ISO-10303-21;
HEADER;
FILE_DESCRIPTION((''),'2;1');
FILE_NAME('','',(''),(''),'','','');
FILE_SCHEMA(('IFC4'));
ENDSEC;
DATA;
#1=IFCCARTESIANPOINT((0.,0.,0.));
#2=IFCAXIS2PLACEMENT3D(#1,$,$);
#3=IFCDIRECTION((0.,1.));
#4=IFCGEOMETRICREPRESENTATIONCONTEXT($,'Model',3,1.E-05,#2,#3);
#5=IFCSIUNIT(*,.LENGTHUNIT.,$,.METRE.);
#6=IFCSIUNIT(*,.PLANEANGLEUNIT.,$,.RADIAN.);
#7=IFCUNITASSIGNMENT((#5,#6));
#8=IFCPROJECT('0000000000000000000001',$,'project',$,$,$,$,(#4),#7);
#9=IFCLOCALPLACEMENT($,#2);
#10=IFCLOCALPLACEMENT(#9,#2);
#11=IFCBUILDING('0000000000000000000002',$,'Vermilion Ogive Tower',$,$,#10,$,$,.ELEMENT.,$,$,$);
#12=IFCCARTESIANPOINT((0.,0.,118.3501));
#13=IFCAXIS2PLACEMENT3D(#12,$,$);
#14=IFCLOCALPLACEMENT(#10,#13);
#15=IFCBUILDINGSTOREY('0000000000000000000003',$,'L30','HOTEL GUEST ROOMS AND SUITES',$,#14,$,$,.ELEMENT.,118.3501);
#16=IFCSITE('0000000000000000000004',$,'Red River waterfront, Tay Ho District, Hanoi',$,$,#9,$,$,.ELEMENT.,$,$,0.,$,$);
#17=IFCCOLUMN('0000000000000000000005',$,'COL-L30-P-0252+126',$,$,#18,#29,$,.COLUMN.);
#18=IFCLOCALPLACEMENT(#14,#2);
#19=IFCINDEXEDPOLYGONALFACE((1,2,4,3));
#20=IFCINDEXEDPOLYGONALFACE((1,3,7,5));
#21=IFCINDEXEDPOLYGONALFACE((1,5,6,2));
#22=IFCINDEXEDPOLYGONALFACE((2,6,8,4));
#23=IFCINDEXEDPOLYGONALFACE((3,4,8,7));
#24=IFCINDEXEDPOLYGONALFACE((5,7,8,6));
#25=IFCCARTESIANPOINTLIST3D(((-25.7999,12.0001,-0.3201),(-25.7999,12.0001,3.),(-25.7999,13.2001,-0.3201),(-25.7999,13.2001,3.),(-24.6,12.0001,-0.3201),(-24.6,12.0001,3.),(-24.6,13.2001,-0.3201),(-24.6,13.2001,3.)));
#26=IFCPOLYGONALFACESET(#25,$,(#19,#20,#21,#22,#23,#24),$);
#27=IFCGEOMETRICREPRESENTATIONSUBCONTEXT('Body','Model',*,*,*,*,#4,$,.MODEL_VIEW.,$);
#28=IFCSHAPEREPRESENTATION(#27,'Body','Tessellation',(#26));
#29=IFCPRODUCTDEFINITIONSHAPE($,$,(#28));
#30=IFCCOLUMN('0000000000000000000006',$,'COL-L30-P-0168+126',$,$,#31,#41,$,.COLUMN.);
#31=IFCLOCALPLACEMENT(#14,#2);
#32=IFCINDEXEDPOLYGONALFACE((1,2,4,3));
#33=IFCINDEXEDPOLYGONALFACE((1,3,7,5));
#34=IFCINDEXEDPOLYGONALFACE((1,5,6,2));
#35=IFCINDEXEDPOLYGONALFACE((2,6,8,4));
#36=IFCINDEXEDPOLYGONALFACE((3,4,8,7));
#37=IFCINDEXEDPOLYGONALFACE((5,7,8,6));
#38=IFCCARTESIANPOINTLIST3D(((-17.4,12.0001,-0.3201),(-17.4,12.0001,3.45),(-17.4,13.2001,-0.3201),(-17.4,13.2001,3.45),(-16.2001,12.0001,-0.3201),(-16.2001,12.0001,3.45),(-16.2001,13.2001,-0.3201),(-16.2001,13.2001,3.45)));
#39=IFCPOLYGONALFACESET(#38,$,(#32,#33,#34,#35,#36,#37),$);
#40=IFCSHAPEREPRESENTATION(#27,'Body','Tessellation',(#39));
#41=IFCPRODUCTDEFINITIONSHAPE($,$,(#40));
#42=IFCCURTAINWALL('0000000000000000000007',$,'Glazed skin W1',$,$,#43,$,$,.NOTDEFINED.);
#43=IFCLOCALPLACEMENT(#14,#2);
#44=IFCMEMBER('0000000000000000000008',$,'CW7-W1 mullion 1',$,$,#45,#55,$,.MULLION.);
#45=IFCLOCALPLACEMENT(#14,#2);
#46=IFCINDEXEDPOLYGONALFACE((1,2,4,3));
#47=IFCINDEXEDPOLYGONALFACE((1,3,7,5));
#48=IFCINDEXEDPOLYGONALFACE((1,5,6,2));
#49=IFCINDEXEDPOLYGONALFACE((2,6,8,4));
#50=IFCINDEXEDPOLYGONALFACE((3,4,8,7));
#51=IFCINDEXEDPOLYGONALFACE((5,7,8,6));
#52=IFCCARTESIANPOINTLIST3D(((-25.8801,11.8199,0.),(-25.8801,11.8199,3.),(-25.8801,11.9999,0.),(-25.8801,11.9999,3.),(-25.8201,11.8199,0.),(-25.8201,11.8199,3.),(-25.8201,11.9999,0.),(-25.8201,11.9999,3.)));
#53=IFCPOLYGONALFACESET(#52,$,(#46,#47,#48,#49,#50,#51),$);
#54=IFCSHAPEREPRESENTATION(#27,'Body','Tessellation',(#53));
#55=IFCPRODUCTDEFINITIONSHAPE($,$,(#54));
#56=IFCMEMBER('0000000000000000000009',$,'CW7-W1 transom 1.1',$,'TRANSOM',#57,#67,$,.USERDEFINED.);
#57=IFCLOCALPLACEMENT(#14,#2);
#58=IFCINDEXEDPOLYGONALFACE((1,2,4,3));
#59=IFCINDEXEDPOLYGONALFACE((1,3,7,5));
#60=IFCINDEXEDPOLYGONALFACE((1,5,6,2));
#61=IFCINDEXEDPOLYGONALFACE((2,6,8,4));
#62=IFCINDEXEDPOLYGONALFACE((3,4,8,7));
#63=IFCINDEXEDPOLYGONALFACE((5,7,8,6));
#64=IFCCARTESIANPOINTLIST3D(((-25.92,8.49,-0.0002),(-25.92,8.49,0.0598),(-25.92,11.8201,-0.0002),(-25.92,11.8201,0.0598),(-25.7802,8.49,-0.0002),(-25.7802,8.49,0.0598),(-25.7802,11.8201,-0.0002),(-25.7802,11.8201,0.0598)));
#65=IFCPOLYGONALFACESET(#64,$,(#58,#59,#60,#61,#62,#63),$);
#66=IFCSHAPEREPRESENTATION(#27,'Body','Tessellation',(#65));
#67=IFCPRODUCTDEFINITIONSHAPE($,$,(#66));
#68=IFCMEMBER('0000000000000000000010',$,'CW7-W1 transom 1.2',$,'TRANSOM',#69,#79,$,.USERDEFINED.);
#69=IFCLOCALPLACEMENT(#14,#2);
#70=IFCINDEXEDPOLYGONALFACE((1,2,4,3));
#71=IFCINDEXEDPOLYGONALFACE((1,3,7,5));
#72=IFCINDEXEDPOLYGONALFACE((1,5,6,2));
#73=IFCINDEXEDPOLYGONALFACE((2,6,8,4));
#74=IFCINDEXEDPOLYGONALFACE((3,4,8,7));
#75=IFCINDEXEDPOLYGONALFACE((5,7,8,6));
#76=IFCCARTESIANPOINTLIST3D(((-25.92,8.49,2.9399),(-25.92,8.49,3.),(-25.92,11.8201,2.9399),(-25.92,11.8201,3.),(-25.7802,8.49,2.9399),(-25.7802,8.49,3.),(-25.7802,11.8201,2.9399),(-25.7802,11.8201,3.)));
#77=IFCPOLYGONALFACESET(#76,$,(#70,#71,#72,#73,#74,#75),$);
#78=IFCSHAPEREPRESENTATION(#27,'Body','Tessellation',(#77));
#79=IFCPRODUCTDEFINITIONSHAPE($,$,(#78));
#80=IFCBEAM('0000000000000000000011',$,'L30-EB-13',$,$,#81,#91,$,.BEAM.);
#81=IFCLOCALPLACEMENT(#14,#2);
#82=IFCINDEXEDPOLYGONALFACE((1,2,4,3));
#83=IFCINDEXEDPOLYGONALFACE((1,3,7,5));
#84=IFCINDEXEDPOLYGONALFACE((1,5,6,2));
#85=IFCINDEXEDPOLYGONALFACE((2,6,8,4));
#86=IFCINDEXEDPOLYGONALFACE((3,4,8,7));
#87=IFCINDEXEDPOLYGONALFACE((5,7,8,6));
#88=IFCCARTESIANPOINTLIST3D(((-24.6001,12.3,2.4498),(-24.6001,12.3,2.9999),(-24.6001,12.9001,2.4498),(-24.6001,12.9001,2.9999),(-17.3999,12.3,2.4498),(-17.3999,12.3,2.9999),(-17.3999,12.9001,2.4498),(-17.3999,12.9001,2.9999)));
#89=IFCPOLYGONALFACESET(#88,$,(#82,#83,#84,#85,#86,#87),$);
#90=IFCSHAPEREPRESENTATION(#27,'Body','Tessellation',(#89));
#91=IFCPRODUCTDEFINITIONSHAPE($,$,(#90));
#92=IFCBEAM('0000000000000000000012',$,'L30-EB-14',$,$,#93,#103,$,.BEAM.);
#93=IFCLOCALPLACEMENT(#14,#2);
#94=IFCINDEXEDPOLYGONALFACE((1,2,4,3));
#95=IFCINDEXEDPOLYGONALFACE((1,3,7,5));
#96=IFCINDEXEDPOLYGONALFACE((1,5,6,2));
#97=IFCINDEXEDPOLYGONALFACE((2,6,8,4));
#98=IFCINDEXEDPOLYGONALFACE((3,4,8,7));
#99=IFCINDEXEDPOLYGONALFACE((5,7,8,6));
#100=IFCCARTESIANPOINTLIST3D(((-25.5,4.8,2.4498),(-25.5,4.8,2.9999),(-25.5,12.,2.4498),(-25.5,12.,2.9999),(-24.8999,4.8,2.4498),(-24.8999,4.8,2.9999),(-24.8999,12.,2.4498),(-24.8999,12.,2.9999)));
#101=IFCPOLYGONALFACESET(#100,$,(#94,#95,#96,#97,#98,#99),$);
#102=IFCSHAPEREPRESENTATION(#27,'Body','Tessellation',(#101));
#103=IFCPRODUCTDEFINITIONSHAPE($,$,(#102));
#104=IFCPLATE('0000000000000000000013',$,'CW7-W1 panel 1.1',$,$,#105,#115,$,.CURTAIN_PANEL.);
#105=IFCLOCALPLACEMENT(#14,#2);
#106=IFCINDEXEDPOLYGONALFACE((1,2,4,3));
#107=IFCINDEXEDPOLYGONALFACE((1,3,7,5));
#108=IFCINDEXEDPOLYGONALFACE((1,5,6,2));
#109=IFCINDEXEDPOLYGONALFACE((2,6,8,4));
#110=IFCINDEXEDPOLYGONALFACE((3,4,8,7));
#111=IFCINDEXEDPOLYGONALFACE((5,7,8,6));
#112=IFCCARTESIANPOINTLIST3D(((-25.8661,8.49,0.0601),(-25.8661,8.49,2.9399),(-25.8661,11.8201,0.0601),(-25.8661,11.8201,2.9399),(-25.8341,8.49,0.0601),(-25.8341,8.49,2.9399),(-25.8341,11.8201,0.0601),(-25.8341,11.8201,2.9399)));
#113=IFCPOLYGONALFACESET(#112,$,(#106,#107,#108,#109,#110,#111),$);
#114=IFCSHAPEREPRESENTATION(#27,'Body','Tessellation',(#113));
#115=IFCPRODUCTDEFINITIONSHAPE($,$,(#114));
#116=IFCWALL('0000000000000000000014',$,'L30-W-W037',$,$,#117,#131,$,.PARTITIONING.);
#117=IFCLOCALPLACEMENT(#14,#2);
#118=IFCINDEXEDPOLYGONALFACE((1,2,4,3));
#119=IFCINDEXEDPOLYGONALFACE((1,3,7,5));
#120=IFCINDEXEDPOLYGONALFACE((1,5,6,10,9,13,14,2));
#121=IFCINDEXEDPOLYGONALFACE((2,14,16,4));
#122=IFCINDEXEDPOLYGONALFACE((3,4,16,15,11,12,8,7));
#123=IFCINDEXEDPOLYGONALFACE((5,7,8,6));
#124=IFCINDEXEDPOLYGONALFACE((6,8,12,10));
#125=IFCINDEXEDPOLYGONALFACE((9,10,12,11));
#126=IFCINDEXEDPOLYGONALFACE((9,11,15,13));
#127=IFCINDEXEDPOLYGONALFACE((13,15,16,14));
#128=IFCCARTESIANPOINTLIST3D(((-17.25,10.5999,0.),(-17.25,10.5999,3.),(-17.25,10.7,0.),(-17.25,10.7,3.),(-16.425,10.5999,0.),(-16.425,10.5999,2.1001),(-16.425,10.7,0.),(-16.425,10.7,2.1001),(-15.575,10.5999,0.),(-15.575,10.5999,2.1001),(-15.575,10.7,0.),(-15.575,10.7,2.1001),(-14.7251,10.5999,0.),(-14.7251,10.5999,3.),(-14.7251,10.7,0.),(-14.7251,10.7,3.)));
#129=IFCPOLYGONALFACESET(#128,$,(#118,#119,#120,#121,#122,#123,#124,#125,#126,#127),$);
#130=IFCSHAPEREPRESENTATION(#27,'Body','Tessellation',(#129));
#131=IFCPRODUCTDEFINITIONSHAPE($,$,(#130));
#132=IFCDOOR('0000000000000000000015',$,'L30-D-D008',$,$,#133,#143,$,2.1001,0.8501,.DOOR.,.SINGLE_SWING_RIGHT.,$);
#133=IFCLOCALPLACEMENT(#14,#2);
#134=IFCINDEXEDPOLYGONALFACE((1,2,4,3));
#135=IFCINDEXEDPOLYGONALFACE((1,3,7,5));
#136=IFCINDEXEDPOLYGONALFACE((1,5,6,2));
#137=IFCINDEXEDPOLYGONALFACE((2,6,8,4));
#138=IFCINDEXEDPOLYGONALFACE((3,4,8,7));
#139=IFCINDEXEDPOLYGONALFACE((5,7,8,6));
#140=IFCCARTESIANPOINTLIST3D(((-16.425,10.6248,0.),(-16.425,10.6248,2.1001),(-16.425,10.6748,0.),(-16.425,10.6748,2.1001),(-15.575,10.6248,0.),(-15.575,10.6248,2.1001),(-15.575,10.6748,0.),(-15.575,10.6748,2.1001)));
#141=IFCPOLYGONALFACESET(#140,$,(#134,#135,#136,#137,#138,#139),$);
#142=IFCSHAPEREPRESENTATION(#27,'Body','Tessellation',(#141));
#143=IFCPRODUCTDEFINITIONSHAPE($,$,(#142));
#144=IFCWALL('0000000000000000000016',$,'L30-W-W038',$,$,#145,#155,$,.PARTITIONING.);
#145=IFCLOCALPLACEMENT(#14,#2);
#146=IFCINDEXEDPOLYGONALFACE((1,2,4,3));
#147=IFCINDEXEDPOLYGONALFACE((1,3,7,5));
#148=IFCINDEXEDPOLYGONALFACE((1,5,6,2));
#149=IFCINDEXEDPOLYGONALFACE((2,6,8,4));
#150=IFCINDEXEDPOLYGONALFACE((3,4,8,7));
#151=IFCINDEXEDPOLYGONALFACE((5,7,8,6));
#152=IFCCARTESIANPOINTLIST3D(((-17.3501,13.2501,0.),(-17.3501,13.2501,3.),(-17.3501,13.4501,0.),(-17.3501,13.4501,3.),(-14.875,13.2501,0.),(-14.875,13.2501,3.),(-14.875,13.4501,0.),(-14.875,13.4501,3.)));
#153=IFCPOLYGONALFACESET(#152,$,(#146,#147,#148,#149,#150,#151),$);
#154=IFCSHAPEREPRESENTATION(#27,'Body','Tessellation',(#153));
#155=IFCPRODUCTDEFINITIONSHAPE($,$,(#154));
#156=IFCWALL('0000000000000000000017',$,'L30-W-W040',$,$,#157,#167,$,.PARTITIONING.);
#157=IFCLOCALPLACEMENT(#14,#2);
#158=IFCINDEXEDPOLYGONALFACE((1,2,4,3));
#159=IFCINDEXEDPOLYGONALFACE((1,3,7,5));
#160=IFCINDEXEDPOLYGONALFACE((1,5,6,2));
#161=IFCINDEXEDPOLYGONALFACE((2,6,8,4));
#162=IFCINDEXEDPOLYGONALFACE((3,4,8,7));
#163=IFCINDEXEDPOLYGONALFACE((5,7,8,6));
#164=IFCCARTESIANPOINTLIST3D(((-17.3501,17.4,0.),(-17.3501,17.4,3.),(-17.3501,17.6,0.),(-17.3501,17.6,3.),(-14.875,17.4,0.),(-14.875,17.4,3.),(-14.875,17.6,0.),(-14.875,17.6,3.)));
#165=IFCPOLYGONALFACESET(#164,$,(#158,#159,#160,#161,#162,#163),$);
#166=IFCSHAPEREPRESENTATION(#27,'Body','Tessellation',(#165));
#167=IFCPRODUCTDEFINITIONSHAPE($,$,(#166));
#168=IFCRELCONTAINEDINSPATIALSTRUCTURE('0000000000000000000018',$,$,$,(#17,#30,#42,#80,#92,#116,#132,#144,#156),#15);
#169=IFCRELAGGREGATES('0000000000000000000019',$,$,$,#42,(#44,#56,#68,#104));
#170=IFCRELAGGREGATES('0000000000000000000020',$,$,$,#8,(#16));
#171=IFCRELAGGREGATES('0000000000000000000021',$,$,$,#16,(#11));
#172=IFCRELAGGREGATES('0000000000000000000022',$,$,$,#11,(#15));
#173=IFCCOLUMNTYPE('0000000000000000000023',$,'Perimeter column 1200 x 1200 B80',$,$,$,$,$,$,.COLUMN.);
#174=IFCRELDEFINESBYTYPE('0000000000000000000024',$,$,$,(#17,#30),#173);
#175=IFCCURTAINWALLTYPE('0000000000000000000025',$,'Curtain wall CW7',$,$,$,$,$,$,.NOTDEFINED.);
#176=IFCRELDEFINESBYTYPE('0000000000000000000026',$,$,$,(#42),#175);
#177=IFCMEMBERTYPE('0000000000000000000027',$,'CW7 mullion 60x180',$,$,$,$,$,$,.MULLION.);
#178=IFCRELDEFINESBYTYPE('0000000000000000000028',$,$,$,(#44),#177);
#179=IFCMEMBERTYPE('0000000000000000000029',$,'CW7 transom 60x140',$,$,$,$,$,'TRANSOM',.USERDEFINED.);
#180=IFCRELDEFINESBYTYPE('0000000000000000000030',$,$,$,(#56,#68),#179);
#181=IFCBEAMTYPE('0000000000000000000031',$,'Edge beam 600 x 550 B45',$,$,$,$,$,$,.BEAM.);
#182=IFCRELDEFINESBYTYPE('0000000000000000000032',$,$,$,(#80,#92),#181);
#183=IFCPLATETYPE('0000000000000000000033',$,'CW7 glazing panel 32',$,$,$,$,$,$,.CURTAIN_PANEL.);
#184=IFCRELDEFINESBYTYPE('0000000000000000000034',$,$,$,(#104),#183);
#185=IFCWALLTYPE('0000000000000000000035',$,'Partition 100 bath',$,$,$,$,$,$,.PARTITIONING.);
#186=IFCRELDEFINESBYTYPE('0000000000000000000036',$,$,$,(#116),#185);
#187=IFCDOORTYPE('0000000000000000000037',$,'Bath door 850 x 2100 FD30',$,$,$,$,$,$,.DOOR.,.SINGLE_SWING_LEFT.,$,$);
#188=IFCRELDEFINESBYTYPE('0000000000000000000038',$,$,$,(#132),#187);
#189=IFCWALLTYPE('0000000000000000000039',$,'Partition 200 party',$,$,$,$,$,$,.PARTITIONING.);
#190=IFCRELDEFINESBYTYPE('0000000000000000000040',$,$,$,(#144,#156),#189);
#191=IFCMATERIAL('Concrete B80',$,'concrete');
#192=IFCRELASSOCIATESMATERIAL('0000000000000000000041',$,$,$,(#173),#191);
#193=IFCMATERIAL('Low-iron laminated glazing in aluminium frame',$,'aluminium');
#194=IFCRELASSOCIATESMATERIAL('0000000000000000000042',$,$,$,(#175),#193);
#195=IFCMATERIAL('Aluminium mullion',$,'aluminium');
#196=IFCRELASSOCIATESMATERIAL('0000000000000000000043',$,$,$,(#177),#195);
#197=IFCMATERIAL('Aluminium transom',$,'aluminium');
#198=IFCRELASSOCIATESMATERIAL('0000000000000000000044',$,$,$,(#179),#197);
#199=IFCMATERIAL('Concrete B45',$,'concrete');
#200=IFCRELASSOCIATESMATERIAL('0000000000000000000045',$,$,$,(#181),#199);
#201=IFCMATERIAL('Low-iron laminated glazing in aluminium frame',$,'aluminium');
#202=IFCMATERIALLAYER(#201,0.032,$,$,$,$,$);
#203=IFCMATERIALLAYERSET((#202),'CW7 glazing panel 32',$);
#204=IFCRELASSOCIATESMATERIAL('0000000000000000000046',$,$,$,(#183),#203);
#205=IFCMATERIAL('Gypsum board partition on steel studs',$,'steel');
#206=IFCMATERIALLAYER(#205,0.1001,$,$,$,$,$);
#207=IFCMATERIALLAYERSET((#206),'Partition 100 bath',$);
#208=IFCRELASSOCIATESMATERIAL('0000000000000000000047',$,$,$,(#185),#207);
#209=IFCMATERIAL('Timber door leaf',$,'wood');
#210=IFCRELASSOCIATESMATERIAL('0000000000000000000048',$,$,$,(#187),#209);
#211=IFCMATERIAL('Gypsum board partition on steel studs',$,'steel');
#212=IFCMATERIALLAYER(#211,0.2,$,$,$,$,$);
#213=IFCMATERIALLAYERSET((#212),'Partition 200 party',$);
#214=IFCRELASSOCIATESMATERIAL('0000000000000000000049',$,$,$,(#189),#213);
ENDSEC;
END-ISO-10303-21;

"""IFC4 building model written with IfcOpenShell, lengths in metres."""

from ifc_helpers import new_model, si_unit, direction, frame, frame_2d, origin, origin_2d, place, context, subcontext, project, spatial, rectangle, extrude, material, layer, layer_set, material_profile, profile_set, type_object, element, fill, aggregate, save


model = new_model("IFC4")

# Units and contexts
model_context = context("Model", 3, precision=1e-05, world=origin(), true_north=direction((0.0, 1.0)))
body_context = subcontext(model_context, "Body", "Model", "MODEL_VIEW")
ifc_project = project(units=[si_unit("LENGTHUNIT", "METRE"), si_unit("PLANEANGLEUNIT", "RADIAN")], contexts=[model_context])

# Site, building, storey
site_placement = place(None, origin())
site = spatial("IfcSite", under=ifc_project, at=site_placement, Name="Red River waterfront, Tay Ho District, Hanoi", CompositionType="ELEMENT", RefElevation=0.0)
building_placement = place(site_placement, origin())
building = spatial("IfcBuilding", under=site, at=building_placement, Name="Vermilion Ogive Tower", CompositionType="ELEMENT")
storey_placement = place(building_placement, frame((0.0, 0.0, 118.3501)))
storey = spatial("IfcBuildingStorey", under=building, at=storey_placement, Name="L30", Description="HOTEL GUEST ROOMS AND SUITES", CompositionType="ELEMENT", Elevation=118.3501)

# Columns
ifc_material_1 = material(Name="Concrete B80", Category="concrete")
ifc_material_profile_1 = material_profile(ifc_material_1, rectangle(XDim=1.2, YDim=1.2, at=origin_2d()), Name="1200 x 1200")
ifc_profile_set_1 = profile_set([ifc_material_profile_1], Name="Concrete B80")
column_type = type_object("IfcColumnType", Name="Perimeter column 1200 x 1200 B80", PredefinedType="COLUMN", material=ifc_profile_set_1)
column_1_placement = place(storey_placement, frame((-25.2, 12.6001, -0.3201), z_axis=(0.0, 0.0, 1.0), x_axis=(1.0, 0.0, 0.0)))
element("IfcColumn", 1, at=column_1_placement, inside=storey, type_object=column_type, Name="COL-L30-P-0252+126", PredefinedType="COLUMN", context=body_context, shape_type="SweptSolid", body=[
    extrude(rectangle(XDim=1.2, YDim=1.2, at=origin_2d()), origin(), (0.0, 0.0, 1.0), 3.3201),
])
column_2_placement = place(storey_placement, frame((-16.8, 12.6001, -0.3201), z_axis=(0.0, 0.0, 1.0), x_axis=(1.0, 0.0, 0.0)))
element("IfcColumn", 2, at=column_2_placement, inside=storey, type_object=column_type, Name="COL-L30-P-0168+126", PredefinedType="COLUMN", context=body_context, shape_type="SweptSolid", body=[
    extrude(rectangle(XDim=1.2, YDim=1.2, at=origin_2d()), origin(), (0.0, 0.0, 1.0), 3.77),
])

# Curtain wall, members
ifc_material_2 = material(Name="Low-iron laminated glazing in aluminium frame", Category="aluminium")
curtain_wall_type = type_object("IfcCurtainWallType", Name="Curtain wall CW7", PredefinedType="NOTDEFINED", material=ifc_material_2)
curtain_wall_placement = place(storey_placement, origin())
curtain_wall = element("IfcCurtainWall", 3, at=curtain_wall_placement, inside=storey, type_object=curtain_wall_type, Name="Glazed skin W1", PredefinedType="NOTDEFINED")
ifc_material_3 = material(Name="Aluminium mullion", Category="aluminium")
ifc_material_profile_2 = material_profile(ifc_material_3, rectangle(XDim=0.0601, YDim=0.1799, at=origin_2d()), Name="AL 60x180")
ifc_profile_set_2 = profile_set([ifc_material_profile_2], Name="Aluminium mullion")
member_type_1 = type_object("IfcMemberType", Name="CW7 mullion 60x180", PredefinedType="MULLION", material=ifc_profile_set_2)
member_1_placement = place(storey_placement, frame((-25.8501, 11.9099, 0.0), z_axis=(0.0, 0.0, 1.0), x_axis=(1.0, 0.0, 0.0)))
member_1 = element("IfcMember", 4, at=member_1_placement, type_object=member_type_1, Name="CW7-W1 mullion 1", PredefinedType="MULLION", context=body_context, shape_type="SweptSolid", body=[
    extrude(rectangle(XDim=0.0601, YDim=0.1799, at=origin_2d()), origin(), (0.0, 0.0, 1.0), 3.0),
])
ifc_material_4 = material(Name="Aluminium transom", Category="aluminium")
ifc_material_profile_3 = material_profile(ifc_material_4, rectangle(XDim=0.1399, YDim=0.0601, at=origin_2d()), Name="AL 60x140")
ifc_profile_set_3 = profile_set([ifc_material_profile_3], Name="Aluminium transom")
member_type_2 = type_object("IfcMemberType", Name="CW7 transom 60x140", ElementType="TRANSOM", PredefinedType="USERDEFINED", material=ifc_profile_set_3)
member_2_placement = place(storey_placement, frame((-25.8501, 11.8201, 0.0298), z_axis=(0.0, -1.0, 0.0), x_axis=(1.0, 0.0, 0.0)))
member_2 = element("IfcMember", 5, at=member_2_placement, type_object=member_type_2, Name="CW7-W1 transom 1.1", ObjectType="TRANSOM", PredefinedType="USERDEFINED", context=body_context, shape_type="SweptSolid", body=[
    extrude(rectangle(XDim=0.1399, YDim=0.0601, at=origin_2d()), origin(), (0.0, 0.0, 1.0), 3.3301),
])
member_3_placement = place(storey_placement, frame((-25.8501, 11.8201, 2.97), z_axis=(0.0, -1.0, 0.0), x_axis=(1.0, 0.0, 0.0)))
member_3 = element("IfcMember", 6, at=member_3_placement, type_object=member_type_2, Name="CW7-W1 transom 1.2", ObjectType="TRANSOM", PredefinedType="USERDEFINED", context=body_context, shape_type="SweptSolid", body=[
    extrude(rectangle(XDim=0.1399, YDim=0.0601, at=origin_2d()), origin(), (0.0, 0.0, 1.0), 3.3301),
])

# Beams
ifc_material_5 = material(Name="Concrete B45", Category="concrete")
ifc_material_profile_4 = material_profile(ifc_material_5, rectangle(XDim=0.6001, YDim=0.55, at=origin_2d()), Name="600 x 550")
ifc_profile_set_4 = profile_set([ifc_material_profile_4], Name="Concrete B45")
beam_type = type_object("IfcBeamType", Name="Edge beam 600 x 550 B45", PredefinedType="BEAM", material=ifc_profile_set_4)
beam_1_placement = place(storey_placement, frame((-17.3999, 12.6001, 2.7249), z_axis=(-1.0, 0.0, 0.0), x_axis=(0.0, -1.0, 0.0)))
element("IfcBeam", 7, at=beam_1_placement, inside=storey, type_object=beam_type, Name="L30-EB-13", PredefinedType="BEAM", context=body_context, shape_type="SweptSolid", body=[
    extrude(rectangle(XDim=0.6001, YDim=0.55, at=origin_2d()), origin(), (0.0, 0.0, 1.0), 7.2002),
])
beam_2_placement = place(storey_placement, frame((-25.2, 12.0, 2.7249), z_axis=(0.0, -1.0, 0.0), x_axis=(1.0, 0.0, 0.0)))
element("IfcBeam", 8, at=beam_2_placement, inside=storey, type_object=beam_type, Name="L30-EB-14", PredefinedType="BEAM", context=body_context, shape_type="SweptSolid", body=[
    extrude(rectangle(XDim=0.6001, YDim=0.55, at=origin_2d()), origin(), (0.0, 0.0, 1.0), 7.2),
])

# Plate
ifc_material_6 = material(Name="Low-iron laminated glazing in aluminium frame", Category="aluminium")
ifc_layer_1 = layer(ifc_material_6, 0.032)
ifc_layer_set_1 = layer_set([ifc_layer_1], Name="CW7 glazing panel 32")
plate_type = type_object("IfcPlateType", Name="CW7 glazing panel 32", PredefinedType="CURTAIN_PANEL", material=ifc_layer_set_1)
plate_placement = place(storey_placement, frame((-25.8501, 10.155, 0.0601), z_axis=(0.0, 0.0, 1.0), x_axis=(0.0, -1.0, 0.0)))
plate = element("IfcPlate", 9, at=plate_placement, type_object=plate_type, Name="CW7-W1 panel 1.1", PredefinedType="CURTAIN_PANEL", context=body_context, shape_type="SweptSolid", body=[
    extrude(rectangle(XDim=3.3301, YDim=0.032, at=origin_2d()), origin(), (0.0, 0.0, 1.0), 2.8799),
])
aggregate(curtain_wall, [member_1, member_2, member_3, plate])

# Wall, opening, door
ifc_material_7 = material(Name="Gypsum board partition on steel studs", Category="steel")
ifc_layer_2 = layer(ifc_material_7, 0.1001)
ifc_layer_set_2 = layer_set([ifc_layer_2], Name="Partition 100 bath")
wall_type_1 = type_object("IfcWallType", Name="Partition 100 bath", PredefinedType="PARTITIONING", material=ifc_layer_set_2)
wall_1_placement = place(storey_placement, frame((-17.25, 10.6499, 0.0), z_axis=(0.0, 0.0, 1.0), x_axis=(1.0, 0.0, 0.0)))
wall_1 = element("IfcWall", 10, at=wall_1_placement, inside=storey, type_object=wall_type_1, Name="L30-W-W037", PredefinedType="PARTITIONING", context=body_context, shape_type="SweptSolid", body=[
    extrude(rectangle(XDim=2.5249, YDim=0.1001, at=frame_2d((1.2625, 0.0))), origin(), (0.0, 0.0, 1.0), 3.0),
])
opening_1_placement = place(wall_1_placement, frame((0.825, 0.0, 0.0)))
opening_1 = element("IfcOpeningElement", 11, at=opening_1_placement, cuts=wall_1, PredefinedType="OPENING", context=body_context, shape_type="SweptSolid", body=[
    extrude(rectangle(XDim=0.8501, YDim=2.1001, at=frame_2d((0.425, 1.05))), frame((0.0, 0.0601, 0.0), z_axis=(0.0, -1.0, 0.0), x_axis=(1.0, 0.0, 0.0)), (0.0, 0.0, 1.0), 0.1201),
])
ifc_material_8 = material(Name="Timber door leaf", Category="wood")
door_type = type_object("IfcDoorType", Name="Bath door 850 x 2100 FD30", OperationType="SINGLE_SWING_LEFT", PredefinedType="DOOR", material=ifc_material_8)
door_placement = place(opening_1_placement, origin())
door = element("IfcDoor", 12, at=door_placement, inside=storey, type_object=door_type, Name="L30-D-D008", OperationType="SINGLE_SWING_RIGHT", OverallHeight=2.1001, OverallWidth=0.8501, PredefinedType="DOOR", context=body_context, shape_type="SweptSolid", body=[
    extrude(rectangle(XDim=0.8501, YDim=2.1001, at=frame_2d((0.425, 1.05))), frame((0.0, 0.0249, 0.0), z_axis=(0.0, -1.0, 0.0), x_axis=(1.0, 0.0, 0.0)), (0.0, 0.0, 1.0), 0.05),
])
fill(opening_1, door)

# Walls
ifc_material_9 = material(Name="Gypsum board partition on steel studs", Category="steel")
ifc_layer_3 = layer(ifc_material_9, 0.2)
ifc_layer_set_3 = layer_set([ifc_layer_3], Name="Partition 200 party")
wall_type_2 = type_object("IfcWallType", Name="Partition 200 party", PredefinedType="PARTITIONING", material=ifc_layer_set_3)
for number, where, z_axis, x_axis, name in (
    (13, (-17.3501, 13.3501, 0.0), (0.0, 0.0, 1.0), (1.0, 0.0, 0.0), "L30-W-W038"),
    (14, (-17.3501, 17.5, 0.0), (0.0, 0.0, 1.0), (1.0, 0.0, 0.0), "L30-W-W040"),
):
    element("IfcWall", number, at=place(storey_placement, frame(where, z_axis=z_axis, x_axis=x_axis)), inside=storey, type_object=wall_type_2, Name=name, PredefinedType="PARTITIONING", context=body_context, shape_type="SweptSolid", body=[
        extrude(rectangle(XDim=2.4751, YDim=0.2, at=frame_2d((1.2375, 0.0))), origin(), (0.0, 0.0, 1.0), 3.0),
    ])

save(model, "model.ifc")
